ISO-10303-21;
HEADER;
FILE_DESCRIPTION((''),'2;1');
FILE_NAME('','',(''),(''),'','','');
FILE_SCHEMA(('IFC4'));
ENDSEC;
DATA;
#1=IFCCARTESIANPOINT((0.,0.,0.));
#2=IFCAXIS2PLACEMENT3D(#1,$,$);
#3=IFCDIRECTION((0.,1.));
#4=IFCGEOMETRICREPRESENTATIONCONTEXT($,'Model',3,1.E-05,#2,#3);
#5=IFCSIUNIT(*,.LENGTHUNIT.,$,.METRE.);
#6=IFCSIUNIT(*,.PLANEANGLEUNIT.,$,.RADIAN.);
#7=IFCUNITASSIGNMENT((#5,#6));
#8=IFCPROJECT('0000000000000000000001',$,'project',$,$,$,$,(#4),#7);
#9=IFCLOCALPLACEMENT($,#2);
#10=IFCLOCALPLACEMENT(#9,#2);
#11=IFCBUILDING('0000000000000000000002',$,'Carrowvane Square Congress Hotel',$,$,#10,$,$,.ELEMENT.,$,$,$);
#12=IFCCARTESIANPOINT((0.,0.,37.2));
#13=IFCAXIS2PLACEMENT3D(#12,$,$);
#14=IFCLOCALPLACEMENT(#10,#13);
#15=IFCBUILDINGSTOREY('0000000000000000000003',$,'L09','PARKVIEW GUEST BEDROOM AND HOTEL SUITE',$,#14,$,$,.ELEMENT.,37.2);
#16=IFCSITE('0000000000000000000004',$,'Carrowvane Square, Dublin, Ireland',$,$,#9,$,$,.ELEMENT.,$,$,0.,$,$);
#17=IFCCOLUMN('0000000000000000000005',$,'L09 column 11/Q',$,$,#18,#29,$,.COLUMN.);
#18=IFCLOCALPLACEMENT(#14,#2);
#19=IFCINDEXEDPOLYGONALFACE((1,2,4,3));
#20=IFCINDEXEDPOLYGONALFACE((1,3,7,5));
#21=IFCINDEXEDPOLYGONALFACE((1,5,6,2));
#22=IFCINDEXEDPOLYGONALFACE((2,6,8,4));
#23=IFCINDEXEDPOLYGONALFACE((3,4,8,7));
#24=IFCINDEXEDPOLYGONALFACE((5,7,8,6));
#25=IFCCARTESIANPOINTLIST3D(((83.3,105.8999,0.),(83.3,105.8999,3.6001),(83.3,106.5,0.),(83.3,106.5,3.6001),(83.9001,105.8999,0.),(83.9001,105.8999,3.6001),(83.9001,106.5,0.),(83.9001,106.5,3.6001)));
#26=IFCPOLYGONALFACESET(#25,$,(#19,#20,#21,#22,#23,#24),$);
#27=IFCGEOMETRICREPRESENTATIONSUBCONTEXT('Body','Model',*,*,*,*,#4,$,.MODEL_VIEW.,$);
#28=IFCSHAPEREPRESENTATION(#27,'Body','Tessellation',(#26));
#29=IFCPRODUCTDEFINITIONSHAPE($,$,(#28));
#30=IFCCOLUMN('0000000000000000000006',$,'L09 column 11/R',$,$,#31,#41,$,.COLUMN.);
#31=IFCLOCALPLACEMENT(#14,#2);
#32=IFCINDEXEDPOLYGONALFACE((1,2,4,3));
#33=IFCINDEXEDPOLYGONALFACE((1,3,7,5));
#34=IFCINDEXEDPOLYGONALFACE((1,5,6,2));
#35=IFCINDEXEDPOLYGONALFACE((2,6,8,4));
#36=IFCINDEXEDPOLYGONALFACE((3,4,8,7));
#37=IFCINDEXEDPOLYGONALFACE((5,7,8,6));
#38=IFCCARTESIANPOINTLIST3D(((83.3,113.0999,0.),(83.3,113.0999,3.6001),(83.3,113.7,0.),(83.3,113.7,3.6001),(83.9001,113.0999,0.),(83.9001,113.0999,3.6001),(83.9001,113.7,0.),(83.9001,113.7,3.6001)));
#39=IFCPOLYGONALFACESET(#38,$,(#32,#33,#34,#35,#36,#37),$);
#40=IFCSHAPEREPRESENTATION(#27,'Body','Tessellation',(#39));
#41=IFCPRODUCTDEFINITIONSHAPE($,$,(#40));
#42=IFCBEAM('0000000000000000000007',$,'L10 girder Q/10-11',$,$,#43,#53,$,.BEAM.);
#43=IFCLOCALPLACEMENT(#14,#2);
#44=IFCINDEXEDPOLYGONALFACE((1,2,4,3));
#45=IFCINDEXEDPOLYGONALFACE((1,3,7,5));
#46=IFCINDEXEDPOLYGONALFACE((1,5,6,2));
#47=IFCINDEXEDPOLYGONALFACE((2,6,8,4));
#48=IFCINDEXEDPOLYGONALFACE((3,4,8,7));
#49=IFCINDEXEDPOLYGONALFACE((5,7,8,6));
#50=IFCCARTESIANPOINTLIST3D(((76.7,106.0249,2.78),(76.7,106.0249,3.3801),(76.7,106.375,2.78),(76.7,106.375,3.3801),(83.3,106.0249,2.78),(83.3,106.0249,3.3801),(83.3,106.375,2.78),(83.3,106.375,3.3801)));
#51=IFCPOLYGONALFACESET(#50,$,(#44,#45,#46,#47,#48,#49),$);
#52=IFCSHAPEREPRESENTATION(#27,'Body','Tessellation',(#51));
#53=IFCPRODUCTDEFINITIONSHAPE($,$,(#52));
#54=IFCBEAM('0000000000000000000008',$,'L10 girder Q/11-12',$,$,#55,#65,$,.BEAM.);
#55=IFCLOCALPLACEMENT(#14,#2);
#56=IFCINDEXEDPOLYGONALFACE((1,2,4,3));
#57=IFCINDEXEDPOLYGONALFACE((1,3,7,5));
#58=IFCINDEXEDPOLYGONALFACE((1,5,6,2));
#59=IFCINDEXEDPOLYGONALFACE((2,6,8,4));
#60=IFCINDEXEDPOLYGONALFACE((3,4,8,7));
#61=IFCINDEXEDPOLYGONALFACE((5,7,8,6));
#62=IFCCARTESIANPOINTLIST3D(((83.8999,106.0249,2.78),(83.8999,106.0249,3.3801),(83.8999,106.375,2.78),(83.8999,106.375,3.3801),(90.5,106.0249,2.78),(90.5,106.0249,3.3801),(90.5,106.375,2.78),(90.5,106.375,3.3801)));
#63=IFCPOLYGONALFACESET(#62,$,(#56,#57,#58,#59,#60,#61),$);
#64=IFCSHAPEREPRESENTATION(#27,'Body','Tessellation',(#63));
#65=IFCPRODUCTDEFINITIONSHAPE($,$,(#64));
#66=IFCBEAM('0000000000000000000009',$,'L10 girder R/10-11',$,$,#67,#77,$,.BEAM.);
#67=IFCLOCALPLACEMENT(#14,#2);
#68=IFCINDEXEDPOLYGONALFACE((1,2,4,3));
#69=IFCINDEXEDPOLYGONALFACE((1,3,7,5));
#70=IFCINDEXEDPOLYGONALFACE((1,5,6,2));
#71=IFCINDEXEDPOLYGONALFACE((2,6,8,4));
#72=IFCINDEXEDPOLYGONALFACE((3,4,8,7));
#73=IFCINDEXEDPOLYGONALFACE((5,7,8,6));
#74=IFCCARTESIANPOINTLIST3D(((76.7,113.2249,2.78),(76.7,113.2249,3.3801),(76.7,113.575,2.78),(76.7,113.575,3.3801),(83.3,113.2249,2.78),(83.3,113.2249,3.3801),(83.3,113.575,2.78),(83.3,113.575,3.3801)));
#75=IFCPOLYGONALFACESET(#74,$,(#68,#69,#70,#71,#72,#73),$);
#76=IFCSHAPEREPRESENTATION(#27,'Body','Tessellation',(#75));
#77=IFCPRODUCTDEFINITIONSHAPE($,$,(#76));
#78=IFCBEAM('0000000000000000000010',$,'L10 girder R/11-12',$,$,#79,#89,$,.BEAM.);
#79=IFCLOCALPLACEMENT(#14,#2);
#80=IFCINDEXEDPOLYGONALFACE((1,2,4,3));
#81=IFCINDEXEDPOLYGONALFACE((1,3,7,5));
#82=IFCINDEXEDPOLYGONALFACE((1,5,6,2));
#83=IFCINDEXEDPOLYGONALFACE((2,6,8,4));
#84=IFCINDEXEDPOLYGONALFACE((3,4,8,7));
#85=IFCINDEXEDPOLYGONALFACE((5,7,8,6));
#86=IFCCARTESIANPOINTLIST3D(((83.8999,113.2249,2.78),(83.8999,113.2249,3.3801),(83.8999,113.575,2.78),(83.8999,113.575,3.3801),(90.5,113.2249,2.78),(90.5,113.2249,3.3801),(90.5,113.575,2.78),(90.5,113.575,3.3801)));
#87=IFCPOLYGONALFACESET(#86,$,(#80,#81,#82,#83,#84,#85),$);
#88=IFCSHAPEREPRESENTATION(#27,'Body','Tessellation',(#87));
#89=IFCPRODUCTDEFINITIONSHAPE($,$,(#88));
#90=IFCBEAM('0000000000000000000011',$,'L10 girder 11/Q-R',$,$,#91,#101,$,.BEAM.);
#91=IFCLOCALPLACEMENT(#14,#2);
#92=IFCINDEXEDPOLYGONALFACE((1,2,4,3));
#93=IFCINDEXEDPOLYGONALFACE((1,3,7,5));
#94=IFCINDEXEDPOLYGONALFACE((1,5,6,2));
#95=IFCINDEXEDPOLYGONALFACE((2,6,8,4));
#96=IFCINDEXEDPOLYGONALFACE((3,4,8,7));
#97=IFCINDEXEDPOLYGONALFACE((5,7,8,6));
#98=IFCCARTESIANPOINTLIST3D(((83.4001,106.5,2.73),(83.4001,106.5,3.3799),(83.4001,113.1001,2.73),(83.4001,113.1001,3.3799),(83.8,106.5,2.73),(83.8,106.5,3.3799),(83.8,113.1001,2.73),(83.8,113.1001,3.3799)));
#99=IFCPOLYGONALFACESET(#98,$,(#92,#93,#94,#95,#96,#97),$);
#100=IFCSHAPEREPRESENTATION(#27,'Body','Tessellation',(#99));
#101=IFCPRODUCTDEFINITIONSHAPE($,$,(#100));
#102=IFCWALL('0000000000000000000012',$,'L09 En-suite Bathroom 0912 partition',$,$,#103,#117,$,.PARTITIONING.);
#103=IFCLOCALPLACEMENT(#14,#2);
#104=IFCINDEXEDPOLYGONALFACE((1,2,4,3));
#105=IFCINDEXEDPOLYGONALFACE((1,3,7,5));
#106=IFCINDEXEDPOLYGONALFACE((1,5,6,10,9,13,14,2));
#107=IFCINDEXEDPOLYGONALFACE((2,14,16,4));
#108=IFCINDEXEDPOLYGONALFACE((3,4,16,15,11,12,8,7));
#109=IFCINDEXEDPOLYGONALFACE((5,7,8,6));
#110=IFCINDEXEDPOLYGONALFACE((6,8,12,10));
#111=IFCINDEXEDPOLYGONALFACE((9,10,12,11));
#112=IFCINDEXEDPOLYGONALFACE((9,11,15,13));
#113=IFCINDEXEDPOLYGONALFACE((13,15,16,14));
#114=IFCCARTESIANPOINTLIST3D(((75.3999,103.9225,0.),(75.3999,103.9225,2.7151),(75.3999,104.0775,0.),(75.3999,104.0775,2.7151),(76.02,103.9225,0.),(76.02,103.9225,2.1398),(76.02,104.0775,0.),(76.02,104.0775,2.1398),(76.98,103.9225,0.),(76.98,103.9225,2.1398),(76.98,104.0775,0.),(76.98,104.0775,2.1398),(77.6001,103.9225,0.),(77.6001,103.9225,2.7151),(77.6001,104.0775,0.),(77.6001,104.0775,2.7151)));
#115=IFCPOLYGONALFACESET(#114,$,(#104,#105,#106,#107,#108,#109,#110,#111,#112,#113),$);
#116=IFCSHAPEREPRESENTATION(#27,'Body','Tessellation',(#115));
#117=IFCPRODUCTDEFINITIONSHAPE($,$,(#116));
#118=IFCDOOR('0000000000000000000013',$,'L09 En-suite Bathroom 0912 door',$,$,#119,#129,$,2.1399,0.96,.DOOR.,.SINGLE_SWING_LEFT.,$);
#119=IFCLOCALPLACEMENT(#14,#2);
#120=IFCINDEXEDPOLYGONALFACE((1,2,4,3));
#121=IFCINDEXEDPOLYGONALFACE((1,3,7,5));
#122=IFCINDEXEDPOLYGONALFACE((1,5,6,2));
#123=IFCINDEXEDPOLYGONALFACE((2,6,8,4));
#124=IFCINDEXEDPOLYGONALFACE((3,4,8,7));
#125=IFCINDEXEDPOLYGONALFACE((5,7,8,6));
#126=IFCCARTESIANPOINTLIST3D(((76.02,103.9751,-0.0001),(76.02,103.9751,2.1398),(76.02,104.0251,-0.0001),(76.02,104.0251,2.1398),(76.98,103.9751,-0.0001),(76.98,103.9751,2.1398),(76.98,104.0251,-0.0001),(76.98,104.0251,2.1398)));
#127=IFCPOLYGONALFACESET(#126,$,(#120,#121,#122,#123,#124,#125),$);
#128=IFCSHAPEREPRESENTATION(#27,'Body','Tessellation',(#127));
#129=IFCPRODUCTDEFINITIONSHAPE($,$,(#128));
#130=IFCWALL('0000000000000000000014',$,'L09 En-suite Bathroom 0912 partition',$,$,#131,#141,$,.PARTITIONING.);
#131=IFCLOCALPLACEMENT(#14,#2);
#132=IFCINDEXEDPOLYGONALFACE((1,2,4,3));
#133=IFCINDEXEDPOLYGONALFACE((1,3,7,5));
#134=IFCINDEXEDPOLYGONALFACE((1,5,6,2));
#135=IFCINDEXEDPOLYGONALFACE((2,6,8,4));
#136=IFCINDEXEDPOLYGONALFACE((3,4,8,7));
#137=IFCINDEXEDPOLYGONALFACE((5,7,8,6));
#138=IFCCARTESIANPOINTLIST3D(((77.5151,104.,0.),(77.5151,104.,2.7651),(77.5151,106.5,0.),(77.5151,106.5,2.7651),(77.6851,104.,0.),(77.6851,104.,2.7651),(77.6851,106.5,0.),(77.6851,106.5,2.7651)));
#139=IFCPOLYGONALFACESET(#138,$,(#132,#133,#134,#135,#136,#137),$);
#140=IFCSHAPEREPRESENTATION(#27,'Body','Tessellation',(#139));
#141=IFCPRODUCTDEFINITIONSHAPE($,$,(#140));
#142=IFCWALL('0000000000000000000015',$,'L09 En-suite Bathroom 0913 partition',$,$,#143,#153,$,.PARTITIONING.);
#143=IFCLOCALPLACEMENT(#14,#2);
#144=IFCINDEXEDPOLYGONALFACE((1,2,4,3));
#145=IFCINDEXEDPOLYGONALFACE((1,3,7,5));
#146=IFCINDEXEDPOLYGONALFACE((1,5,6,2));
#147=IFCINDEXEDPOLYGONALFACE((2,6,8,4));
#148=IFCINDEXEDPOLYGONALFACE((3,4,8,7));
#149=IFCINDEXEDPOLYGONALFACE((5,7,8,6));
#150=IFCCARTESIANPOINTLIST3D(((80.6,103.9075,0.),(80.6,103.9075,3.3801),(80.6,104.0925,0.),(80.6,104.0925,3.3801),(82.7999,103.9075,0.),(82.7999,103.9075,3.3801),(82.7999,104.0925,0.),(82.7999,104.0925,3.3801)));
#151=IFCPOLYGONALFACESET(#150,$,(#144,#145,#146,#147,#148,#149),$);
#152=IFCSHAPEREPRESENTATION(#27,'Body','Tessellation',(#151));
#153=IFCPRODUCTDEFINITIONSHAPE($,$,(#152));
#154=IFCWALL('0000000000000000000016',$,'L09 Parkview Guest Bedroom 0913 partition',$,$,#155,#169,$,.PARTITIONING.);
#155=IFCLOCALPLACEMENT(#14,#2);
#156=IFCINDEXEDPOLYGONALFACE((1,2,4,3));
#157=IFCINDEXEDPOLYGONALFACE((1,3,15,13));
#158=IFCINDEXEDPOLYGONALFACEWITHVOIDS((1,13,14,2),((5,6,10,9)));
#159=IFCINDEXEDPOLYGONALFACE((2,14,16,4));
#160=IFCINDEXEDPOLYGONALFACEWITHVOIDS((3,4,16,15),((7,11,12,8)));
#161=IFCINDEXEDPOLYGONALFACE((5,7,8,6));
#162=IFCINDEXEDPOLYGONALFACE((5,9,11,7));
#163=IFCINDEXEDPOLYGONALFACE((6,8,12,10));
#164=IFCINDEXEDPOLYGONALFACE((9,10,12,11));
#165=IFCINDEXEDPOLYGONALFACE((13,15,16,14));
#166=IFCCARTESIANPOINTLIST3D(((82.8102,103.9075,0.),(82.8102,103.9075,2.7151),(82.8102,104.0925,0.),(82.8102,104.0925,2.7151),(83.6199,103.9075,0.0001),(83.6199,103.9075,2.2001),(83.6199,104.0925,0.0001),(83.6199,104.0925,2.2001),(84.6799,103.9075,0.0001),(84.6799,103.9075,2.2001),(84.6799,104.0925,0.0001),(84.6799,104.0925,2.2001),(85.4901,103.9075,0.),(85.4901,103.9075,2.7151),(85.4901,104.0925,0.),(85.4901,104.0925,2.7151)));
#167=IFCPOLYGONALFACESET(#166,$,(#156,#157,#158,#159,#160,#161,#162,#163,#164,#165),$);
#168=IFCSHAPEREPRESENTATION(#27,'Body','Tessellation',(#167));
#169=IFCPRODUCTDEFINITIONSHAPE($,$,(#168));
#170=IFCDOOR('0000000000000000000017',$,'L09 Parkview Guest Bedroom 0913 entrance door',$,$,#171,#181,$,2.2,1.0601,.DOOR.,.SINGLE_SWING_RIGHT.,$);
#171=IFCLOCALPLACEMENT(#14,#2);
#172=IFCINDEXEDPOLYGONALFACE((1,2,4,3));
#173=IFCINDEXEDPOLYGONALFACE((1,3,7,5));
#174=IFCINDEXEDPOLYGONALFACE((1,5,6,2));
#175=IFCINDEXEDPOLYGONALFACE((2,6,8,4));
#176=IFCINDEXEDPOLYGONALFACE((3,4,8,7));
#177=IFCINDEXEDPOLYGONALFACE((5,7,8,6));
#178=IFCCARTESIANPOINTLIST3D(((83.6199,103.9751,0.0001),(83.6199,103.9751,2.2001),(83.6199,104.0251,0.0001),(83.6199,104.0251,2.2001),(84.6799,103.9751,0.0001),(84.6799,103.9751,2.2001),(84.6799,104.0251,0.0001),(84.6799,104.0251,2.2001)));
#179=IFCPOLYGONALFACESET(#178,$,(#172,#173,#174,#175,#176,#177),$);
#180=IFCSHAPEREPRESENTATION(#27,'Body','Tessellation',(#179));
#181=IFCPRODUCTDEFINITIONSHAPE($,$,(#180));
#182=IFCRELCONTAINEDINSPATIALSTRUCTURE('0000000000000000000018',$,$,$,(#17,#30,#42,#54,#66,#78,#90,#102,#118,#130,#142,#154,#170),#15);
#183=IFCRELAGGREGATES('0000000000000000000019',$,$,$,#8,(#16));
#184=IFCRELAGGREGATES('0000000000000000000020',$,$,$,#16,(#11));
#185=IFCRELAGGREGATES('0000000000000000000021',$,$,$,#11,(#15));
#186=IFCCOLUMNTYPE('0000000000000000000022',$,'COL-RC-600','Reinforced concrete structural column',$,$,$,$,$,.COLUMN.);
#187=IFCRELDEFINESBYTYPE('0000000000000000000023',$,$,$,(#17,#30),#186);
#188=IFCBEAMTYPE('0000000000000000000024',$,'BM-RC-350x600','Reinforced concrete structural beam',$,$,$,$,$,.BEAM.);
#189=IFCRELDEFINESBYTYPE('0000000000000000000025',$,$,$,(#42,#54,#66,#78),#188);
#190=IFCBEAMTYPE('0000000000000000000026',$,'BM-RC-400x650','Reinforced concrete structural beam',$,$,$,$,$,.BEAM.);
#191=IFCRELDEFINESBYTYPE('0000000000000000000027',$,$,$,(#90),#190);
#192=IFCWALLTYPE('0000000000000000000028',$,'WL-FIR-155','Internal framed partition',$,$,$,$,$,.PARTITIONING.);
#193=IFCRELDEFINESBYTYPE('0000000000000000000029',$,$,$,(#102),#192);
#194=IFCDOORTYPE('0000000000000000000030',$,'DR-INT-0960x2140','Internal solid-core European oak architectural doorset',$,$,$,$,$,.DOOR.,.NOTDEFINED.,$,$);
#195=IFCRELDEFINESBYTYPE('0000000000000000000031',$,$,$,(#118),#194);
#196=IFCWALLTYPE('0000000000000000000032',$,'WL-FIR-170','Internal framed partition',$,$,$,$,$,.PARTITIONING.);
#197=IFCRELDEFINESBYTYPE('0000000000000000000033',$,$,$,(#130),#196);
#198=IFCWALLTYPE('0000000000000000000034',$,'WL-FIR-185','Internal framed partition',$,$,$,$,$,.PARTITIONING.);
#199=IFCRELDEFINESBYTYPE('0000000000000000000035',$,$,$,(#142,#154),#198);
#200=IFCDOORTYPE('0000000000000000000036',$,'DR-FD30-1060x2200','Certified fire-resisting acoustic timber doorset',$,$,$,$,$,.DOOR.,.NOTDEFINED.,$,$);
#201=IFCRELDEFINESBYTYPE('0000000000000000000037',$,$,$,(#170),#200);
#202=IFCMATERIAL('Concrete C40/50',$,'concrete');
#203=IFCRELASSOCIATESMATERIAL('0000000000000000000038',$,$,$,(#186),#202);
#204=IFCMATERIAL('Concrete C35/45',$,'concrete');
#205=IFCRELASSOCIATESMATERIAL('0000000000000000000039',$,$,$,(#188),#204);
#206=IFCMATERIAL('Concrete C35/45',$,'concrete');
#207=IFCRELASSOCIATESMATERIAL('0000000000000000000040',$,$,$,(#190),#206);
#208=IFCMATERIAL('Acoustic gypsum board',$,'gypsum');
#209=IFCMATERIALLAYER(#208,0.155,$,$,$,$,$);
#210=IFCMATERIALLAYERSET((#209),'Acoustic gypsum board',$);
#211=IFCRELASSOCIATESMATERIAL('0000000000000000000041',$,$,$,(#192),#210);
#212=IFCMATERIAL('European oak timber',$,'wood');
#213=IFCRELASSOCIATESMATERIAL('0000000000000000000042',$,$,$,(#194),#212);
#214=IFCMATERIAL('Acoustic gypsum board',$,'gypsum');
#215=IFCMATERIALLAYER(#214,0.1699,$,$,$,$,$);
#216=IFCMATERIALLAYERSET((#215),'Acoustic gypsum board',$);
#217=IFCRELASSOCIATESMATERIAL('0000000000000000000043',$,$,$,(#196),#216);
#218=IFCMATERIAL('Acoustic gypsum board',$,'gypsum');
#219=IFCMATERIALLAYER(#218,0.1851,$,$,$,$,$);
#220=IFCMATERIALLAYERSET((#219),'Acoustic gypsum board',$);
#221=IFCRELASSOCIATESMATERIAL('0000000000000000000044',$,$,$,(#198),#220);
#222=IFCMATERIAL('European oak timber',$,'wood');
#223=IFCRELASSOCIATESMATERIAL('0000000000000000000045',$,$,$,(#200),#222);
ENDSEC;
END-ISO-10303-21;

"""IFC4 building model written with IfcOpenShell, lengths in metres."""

from ifc_helpers import new_model, si_unit, direction, frame, frame_2d, origin, origin_2d, place, context, subcontext, project, spatial, rectangle, extrude, material, layer, layer_set, material_profile, profile_set, type_object, element, fill, save


model = new_model("IFC4")

# Units and contexts
model_context = context("Model", 3, precision=1e-05, world=origin(), true_north=direction((0.0, 1.0)))
body_context = subcontext(model_context, "Body", "Model", "MODEL_VIEW")
ifc_project = project(units=[si_unit("LENGTHUNIT", "METRE"), si_unit("PLANEANGLEUNIT", "RADIAN")], contexts=[model_context])

# Site, building, storey
site_placement = place(None, origin())
site = spatial("IfcSite", under=ifc_project, at=site_placement, Name="Carrowvane Square, Dublin, Ireland", CompositionType="ELEMENT", RefElevation=0.0)
building_placement = place(site_placement, origin())
building = spatial("IfcBuilding", under=site, at=building_placement, Name="Carrowvane Square Congress Hotel", CompositionType="ELEMENT")
storey_placement = place(building_placement, frame((0.0, 0.0, 37.2)))
storey = spatial("IfcBuildingStorey", under=building, at=storey_placement, Name="L09", Description="PARKVIEW GUEST BEDROOM AND HOTEL SUITE", CompositionType="ELEMENT", Elevation=37.2)

# Columns
ifc_material_1 = material(Name="Concrete C40/50", Category="concrete")
ifc_material_profile_1 = material_profile(ifc_material_1, rectangle(XDim=0.6001, YDim=0.6001, at=origin_2d()), Name="RC 600x600")
ifc_profile_set_1 = profile_set([ifc_material_profile_1], Name="Concrete C40/50")
column_type = type_object("IfcColumnType", Name="COL-RC-600", Description="Reinforced concrete structural column", PredefinedType="COLUMN", material=ifc_profile_set_1)
for number, where, z_axis, x_axis, name in (
    (1, (83.6001, 106.2, 0.0), (0.0, 0.0, 1.0), (1.0, 0.0, 0.0), "L09 column 11/Q"),
    (2, (83.6001, 113.3999, 0.0), (0.0, 0.0, 1.0), (1.0, 0.0, 0.0), "L09 column 11/R"),
):
    element("IfcColumn", number, at=place(storey_placement, frame(where, z_axis=z_axis, x_axis=x_axis)), inside=storey, type_object=column_type, Name=name, PredefinedType="COLUMN", context=body_context, shape_type="SweptSolid", body=[
        extrude(rectangle(XDim=0.6001, YDim=0.6001, at=origin_2d()), origin(), (0.0, 0.0, 1.0), 3.6001),
    ])

# Beams
ifc_material_2 = material(Name="Concrete C35/45", Category="concrete")
ifc_material_profile_2 = material_profile(ifc_material_2, rectangle(XDim=0.3501, YDim=0.6001, at=origin_2d()), Name="RC 350x600")
ifc_profile_set_2 = profile_set([ifc_material_profile_2], Name="Concrete C35/45")
beam_type_1 = type_object("IfcBeamType", Name="BM-RC-350x600", Description="Reinforced concrete structural beam", PredefinedType="BEAM", material=ifc_profile_set_2)
for number, where, z_axis, x_axis, name in (
    (3, (76.7, 106.2, 3.0801), (1.0, 0.0, 0.0), (0.0, 1.0, 0.0), "L10 girder Q/10-11"),
    (4, (83.8999, 106.2, 3.0801), (1.0, 0.0, 0.0), (0.0, 1.0, 0.0), "L10 girder Q/11-12"),
    (5, (76.7, 113.3999, 3.0801), (1.0, 0.0, 0.0), (0.0, 1.0, 0.0), "L10 girder R/10-11"),
    (6, (83.8999, 113.3999, 3.0801), (1.0, 0.0, 0.0), (0.0, 1.0, 0.0), "L10 girder R/11-12"),
):
    element("IfcBeam", number, at=place(storey_placement, frame(where, z_axis=z_axis, x_axis=x_axis)), inside=storey, type_object=beam_type_1, Name=name, PredefinedType="BEAM", context=body_context, shape_type="SweptSolid", body=[
        extrude(rectangle(XDim=0.3501, YDim=0.6001, at=origin_2d()), origin(), (0.0, 0.0, 1.0), 6.6001),
    ])
ifc_material_3 = material(Name="Concrete C35/45", Category="concrete")
ifc_material_profile_3 = material_profile(ifc_material_3, rectangle(XDim=0.3999, YDim=0.6499, at=origin_2d()), Name="RC 400x650")
ifc_profile_set_3 = profile_set([ifc_material_profile_3], Name="Concrete C35/45")
beam_type_2 = type_object("IfcBeamType", Name="BM-RC-400x650", Description="Reinforced concrete structural beam", PredefinedType="BEAM", material=ifc_profile_set_3)
beam_placement = place(storey_placement, frame((83.6001, 106.5, 3.0549), z_axis=(0.0, 1.0, 0.0), x_axis=(-1.0, 0.0, 0.0)))
element("IfcBeam", 7, at=beam_placement, inside=storey, type_object=beam_type_2, Name="L10 girder 11/Q-R", PredefinedType="BEAM", context=body_context, shape_type="SweptSolid", body=[
    extrude(rectangle(XDim=0.3999, YDim=0.6499, at=origin_2d()), origin(), (0.0, 0.0, 1.0), 6.6001),
])

# Wall, opening, door
ifc_material_4 = material(Name="Acoustic gypsum board", Category="gypsum")
ifc_layer_1 = layer(ifc_material_4, 0.155)
ifc_layer_set_1 = layer_set([ifc_layer_1], Name="Acoustic gypsum board")
wall_type_1 = type_object("IfcWallType", Name="WL-FIR-155", Description="Internal framed partition", PredefinedType="PARTITIONING", material=ifc_layer_set_1)
wall_1_placement = place(storey_placement, frame((77.6001, 104.0, 0.0), z_axis=(0.0, 0.0, 1.0), x_axis=(-1.0, 0.0, 0.0)))
wall_1 = element("IfcWall", 8, at=wall_1_placement, inside=storey, type_object=wall_type_1, Name="L09 En-suite Bathroom 0912 partition", PredefinedType="PARTITIONING", context=body_context, shape_type="SweptSolid", body=[
    extrude(rectangle(XDim=2.2002, YDim=0.155, at=frame_2d((1.1001, 0.0))), origin(), (0.0, 0.0, 1.0), 2.7151),
])
opening_1_placement = place(wall_1_placement, frame((0.6201, 0.0, 0.0)))
opening_1 = element("IfcOpeningElement", 9, at=opening_1_placement, cuts=wall_1, PredefinedType="OPENING", context=body_context, shape_type="SweptSolid", body=[
    extrude(rectangle(XDim=0.96, YDim=2.1399, at=frame_2d((0.48, 1.0698))), frame((0.0, 0.0874, 0.0), z_axis=(0.0, -1.0, 0.0), x_axis=(1.0, 0.0, 0.0)), (0.0, 0.0, 1.0), 0.175),
])
ifc_material_5 = material(Name="European oak timber", Category="wood")
door_type_1 = type_object("IfcDoorType", Name="DR-INT-0960x2140", Description="Internal solid-core European oak architectural doorset", OperationType="NOTDEFINED", PredefinedType="DOOR", material=ifc_material_5)
door_1_placement = place(opening_1_placement, origin())
door_1 = element("IfcDoor", 10, at=door_1_placement, inside=storey, type_object=door_type_1, Name="L09 En-suite Bathroom 0912 door", OperationType="SINGLE_SWING_LEFT", OverallHeight=2.1399, OverallWidth=0.96, PredefinedType="DOOR", context=body_context, shape_type="SweptSolid", body=[
    extrude(rectangle(XDim=0.96, YDim=2.1399, at=frame_2d((0.48, 1.0698))), frame((0.0, 0.0249, 0.0), z_axis=(0.0, -1.0, 0.0), x_axis=(1.0, 0.0, 0.0)), (0.0, 0.0, 1.0), 0.05),
])
fill(opening_1, door_1)

# Walls
ifc_material_6 = material(Name="Acoustic gypsum board", Category="gypsum")
ifc_layer_2 = layer(ifc_material_6, 0.1699)
ifc_layer_set_2 = layer_set([ifc_layer_2], Name="Acoustic gypsum board")
wall_type_2 = type_object("IfcWallType", Name="WL-FIR-170", Description="Internal framed partition", PredefinedType="PARTITIONING", material=ifc_layer_set_2)
wall_2_placement = place(storey_placement, frame((77.6001, 106.5, 0.0), z_axis=(0.0, 0.0, 1.0), x_axis=(0.0, -1.0, 0.0)))
element("IfcWall", 11, at=wall_2_placement, inside=storey, type_object=wall_type_2, Name="L09 En-suite Bathroom 0912 partition", PredefinedType="PARTITIONING", context=body_context, shape_type="SweptSolid", body=[
    extrude(rectangle(XDim=2.5, YDim=0.1699, at=frame_2d((1.25, 0.0))), origin(), (0.0, 0.0, 1.0), 2.7651),
])
ifc_material_7 = material(Name="Acoustic gypsum board", Category="gypsum")
ifc_layer_3 = layer(ifc_material_7, 0.1851)
ifc_layer_set_3 = layer_set([ifc_layer_3], Name="Acoustic gypsum board")
wall_type_3 = type_object("IfcWallType", Name="WL-FIR-185", Description="Internal framed partition", PredefinedType="PARTITIONING", material=ifc_layer_set_3)
wall_3_placement = place(storey_placement, frame((82.8, 104.0, 0.0), z_axis=(0.0, 0.0, 1.0), x_axis=(-1.0, 0.0, 0.0)))
element("IfcWall", 12, at=wall_3_placement, inside=storey, type_object=wall_type_3, Name="L09 En-suite Bathroom 0913 partition", PredefinedType="PARTITIONING", context=body_context, shape_type="SweptSolid", body=[
    extrude(rectangle(XDim=2.2, YDim=0.1851, at=frame_2d((1.1001, 0.0))), origin(), (0.0, 0.0, 1.0), 3.3801),
])

# Wall, opening, door
wall_4_placement = place(storey_placement, frame((85.49, 104.0, 0.0), z_axis=(0.0, 0.0, 1.0), x_axis=(-1.0, 0.0, 0.0)))
wall_4 = element("IfcWall", 13, at=wall_4_placement, inside=storey, type_object=wall_type_3, Name="L09 Parkview Guest Bedroom 0913 partition", PredefinedType="PARTITIONING", context=body_context, shape_type="SweptSolid", body=[
    extrude(rectangle(XDim=2.6799, YDim=0.1851, at=frame_2d((1.3398, 0.0))), origin(), (0.0, 0.0, 1.0), 2.7151),
])
opening_2_placement = place(wall_4_placement, frame((0.8101, 0.0, 0.0)))
opening_2 = element("IfcOpeningElement", 14, at=opening_2_placement, cuts=wall_4, PredefinedType="OPENING", context=body_context, shape_type="SweptSolid", body=[
    extrude(rectangle(XDim=1.0601, YDim=2.2, at=frame_2d((0.53, 1.1001))), frame((0.0, 0.1025, 0.0), z_axis=(0.0, -1.0, 0.0), x_axis=(1.0, 0.0, 0.0)), (0.0, 0.0, 1.0), 0.2051),
])
ifc_material_8 = material(Name="European oak timber", Category="wood")
door_type_2 = type_object("IfcDoorType", Name="DR-FD30-1060x2200", Description="Certified fire-resisting acoustic timber doorset", OperationType="NOTDEFINED", PredefinedType="DOOR", material=ifc_material_8)
door_2_placement = place(opening_2_placement, origin())
door_2 = element("IfcDoor", 15, at=door_2_placement, inside=storey, type_object=door_type_2, Name="L09 Parkview Guest Bedroom 0913 entrance door", OperationType="SINGLE_SWING_RIGHT", OverallHeight=2.2, OverallWidth=1.0601, PredefinedType="DOOR", context=body_context, shape_type="SweptSolid", body=[
    extrude(rectangle(XDim=1.0601, YDim=2.2, at=frame_2d((0.53, 1.1001))), frame((0.0, 0.0249, 0.0), z_axis=(0.0, -1.0, 0.0), x_axis=(1.0, 0.0, 0.0)), (0.0, 0.0, 1.0), 0.05),
])
fill(opening_2, door_2)

save(model, "model.ifc")
